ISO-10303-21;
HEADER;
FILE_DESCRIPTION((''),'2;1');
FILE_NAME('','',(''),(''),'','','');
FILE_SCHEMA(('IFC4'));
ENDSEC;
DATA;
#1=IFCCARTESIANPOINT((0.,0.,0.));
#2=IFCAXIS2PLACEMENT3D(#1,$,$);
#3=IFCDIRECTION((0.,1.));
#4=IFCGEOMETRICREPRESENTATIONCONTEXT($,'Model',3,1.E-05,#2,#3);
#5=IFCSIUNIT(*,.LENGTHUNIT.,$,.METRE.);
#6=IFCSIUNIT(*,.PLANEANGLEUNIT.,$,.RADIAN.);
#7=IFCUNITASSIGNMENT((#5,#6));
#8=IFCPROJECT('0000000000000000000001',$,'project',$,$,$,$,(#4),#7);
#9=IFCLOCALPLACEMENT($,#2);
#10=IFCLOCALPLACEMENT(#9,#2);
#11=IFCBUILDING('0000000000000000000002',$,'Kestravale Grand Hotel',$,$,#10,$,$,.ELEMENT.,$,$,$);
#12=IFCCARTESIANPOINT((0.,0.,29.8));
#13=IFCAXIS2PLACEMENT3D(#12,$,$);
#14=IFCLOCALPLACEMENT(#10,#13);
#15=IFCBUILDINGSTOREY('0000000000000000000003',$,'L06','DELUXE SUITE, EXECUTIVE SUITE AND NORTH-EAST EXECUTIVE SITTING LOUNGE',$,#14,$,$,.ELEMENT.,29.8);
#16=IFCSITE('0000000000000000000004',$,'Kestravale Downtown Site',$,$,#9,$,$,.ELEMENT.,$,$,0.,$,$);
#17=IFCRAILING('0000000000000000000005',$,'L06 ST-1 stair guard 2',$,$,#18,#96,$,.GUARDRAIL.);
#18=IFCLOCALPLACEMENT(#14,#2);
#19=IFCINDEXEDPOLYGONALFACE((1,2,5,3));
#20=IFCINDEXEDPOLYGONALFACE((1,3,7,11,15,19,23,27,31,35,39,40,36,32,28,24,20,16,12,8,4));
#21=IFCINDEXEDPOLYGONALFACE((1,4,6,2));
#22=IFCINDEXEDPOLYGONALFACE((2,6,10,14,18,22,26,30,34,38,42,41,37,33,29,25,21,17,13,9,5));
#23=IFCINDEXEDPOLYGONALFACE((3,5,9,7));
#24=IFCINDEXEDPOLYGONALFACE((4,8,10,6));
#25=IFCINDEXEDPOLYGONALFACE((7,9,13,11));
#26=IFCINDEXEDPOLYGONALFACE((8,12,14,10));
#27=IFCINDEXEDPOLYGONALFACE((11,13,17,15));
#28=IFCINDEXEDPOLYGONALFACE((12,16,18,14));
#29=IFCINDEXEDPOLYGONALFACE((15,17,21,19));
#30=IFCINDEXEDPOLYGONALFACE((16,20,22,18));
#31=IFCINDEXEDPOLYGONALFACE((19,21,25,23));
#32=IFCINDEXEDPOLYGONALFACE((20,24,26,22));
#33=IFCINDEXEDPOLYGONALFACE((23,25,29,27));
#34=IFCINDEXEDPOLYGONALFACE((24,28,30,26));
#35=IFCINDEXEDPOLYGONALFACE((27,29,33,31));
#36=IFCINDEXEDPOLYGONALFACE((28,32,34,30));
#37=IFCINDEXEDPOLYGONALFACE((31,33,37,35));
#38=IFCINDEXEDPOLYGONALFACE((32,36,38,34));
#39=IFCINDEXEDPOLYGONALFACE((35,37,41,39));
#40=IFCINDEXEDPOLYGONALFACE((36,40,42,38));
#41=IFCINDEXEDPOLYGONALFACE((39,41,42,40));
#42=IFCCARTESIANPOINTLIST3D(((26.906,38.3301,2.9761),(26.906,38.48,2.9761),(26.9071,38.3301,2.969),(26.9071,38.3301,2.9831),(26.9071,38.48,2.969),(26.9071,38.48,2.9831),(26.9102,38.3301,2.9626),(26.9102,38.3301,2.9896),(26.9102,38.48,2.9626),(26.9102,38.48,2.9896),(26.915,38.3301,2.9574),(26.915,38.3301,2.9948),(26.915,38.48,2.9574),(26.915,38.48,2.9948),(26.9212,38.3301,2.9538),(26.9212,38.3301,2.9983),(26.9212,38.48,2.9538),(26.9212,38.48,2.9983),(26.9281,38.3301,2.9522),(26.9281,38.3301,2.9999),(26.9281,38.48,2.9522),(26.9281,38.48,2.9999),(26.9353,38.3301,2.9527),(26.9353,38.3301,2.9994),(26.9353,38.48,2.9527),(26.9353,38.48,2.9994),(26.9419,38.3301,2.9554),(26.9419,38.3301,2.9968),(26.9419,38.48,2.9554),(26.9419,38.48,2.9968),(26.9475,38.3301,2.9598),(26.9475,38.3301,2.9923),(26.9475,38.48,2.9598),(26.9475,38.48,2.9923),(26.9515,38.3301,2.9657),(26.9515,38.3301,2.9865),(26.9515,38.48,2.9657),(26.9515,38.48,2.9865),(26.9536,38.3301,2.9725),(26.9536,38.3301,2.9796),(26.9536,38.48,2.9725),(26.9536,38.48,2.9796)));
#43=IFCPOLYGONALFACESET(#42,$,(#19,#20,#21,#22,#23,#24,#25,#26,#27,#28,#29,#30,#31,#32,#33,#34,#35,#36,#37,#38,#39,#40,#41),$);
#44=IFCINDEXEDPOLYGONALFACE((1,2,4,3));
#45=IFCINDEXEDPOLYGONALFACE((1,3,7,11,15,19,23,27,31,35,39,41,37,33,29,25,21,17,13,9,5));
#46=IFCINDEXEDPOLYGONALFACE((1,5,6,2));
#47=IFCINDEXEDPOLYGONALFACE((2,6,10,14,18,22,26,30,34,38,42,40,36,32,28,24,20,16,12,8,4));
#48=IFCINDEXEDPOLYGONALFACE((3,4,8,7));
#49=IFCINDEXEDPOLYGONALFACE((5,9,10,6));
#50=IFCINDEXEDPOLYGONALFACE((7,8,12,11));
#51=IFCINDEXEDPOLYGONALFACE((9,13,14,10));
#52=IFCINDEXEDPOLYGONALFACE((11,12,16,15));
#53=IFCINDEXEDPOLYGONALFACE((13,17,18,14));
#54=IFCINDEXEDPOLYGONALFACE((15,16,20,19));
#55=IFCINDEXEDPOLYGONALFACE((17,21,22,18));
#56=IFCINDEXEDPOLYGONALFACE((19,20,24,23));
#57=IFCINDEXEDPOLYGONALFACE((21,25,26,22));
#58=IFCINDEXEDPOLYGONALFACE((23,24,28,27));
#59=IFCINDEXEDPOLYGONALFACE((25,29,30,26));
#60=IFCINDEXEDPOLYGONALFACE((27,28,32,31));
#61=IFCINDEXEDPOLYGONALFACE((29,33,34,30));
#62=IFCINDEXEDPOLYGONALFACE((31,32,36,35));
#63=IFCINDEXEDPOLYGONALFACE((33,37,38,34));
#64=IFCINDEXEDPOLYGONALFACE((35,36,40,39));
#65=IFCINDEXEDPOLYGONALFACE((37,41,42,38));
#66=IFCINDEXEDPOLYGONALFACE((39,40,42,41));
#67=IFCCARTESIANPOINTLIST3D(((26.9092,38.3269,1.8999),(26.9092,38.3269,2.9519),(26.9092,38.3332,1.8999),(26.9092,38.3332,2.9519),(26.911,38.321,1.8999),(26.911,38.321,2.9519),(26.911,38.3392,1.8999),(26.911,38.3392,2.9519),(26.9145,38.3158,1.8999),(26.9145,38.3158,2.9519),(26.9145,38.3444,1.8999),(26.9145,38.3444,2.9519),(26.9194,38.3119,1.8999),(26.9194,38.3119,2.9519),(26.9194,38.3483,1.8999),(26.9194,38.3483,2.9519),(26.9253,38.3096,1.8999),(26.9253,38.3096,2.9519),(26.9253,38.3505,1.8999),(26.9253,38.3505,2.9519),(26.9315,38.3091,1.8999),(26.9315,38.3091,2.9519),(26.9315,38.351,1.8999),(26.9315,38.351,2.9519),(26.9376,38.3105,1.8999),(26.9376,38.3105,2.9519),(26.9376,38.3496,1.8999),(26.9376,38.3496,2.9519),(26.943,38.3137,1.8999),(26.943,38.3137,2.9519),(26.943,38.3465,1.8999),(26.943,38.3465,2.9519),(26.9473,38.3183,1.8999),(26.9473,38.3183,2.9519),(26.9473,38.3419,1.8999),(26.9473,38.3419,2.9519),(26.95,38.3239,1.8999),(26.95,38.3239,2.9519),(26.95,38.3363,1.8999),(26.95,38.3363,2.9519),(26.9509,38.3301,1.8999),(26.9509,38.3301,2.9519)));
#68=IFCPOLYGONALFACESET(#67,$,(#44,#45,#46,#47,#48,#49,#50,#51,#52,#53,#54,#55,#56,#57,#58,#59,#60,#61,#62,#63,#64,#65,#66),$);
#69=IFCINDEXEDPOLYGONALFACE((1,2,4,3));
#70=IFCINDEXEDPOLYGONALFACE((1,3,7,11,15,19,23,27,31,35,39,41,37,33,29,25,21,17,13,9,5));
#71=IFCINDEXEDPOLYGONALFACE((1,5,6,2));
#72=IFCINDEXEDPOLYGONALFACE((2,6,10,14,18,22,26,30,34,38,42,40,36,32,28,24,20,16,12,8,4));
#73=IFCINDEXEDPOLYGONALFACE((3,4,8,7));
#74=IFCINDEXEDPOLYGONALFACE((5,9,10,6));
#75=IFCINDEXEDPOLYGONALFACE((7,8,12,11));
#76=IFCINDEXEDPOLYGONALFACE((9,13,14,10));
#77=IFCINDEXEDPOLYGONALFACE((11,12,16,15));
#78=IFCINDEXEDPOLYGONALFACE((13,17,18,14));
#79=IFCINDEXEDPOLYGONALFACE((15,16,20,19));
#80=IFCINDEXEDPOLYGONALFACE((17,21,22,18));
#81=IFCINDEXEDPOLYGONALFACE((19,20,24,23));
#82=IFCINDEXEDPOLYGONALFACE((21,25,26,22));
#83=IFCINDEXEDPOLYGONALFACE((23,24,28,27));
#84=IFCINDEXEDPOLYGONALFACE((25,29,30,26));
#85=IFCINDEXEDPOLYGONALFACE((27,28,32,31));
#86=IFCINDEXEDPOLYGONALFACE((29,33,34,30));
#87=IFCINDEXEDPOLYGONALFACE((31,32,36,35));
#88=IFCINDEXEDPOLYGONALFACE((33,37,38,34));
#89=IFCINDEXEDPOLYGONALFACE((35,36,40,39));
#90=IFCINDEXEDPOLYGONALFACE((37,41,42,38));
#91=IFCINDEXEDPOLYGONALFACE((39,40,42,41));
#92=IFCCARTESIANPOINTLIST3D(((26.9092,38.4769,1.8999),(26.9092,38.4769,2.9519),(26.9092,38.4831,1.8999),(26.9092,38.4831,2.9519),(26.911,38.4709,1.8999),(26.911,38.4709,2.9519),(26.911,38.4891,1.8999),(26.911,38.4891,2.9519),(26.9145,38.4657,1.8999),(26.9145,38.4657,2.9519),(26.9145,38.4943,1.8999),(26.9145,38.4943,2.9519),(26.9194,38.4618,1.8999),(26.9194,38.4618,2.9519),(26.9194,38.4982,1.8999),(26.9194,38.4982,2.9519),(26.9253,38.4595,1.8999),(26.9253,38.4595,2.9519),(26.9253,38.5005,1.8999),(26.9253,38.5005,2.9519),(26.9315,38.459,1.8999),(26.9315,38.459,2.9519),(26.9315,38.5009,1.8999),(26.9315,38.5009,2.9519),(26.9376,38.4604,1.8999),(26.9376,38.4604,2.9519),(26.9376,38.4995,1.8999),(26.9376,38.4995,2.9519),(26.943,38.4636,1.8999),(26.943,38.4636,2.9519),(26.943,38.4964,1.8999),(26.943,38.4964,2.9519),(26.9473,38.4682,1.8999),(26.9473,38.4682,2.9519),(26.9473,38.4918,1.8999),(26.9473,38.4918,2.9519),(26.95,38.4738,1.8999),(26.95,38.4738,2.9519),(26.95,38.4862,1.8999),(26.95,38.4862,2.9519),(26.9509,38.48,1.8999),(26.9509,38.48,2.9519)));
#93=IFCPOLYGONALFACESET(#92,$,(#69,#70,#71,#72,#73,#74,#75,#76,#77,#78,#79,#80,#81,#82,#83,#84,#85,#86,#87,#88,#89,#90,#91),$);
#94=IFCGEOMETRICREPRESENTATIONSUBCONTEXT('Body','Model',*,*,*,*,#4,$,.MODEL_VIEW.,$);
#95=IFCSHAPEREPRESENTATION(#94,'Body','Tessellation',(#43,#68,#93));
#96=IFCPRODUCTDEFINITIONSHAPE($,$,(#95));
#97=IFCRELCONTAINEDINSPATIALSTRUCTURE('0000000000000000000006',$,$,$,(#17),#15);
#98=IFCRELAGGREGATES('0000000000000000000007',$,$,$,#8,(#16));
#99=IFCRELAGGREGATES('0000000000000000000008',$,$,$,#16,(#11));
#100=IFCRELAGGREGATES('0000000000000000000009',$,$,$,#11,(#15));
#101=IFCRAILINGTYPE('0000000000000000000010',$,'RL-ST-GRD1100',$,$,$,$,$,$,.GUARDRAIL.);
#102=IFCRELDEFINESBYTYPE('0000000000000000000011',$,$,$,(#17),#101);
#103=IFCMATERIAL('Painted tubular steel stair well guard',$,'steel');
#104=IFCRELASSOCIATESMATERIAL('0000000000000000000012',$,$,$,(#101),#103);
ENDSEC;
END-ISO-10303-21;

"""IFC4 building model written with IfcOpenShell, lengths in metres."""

from ifc_helpers import new_model, si_unit, direction, frame, origin, origin_2d, place, context, subcontext, project, spatial, circle, extrude, material, type_object, element, save


model = new_model("IFC4")

# Units and contexts
model_context = context("Model", 3, precision=1e-05, world=origin(), true_north=direction((0.0, 1.0)))
body_context = subcontext(model_context, "Body", "Model", "MODEL_VIEW")
ifc_project = project(units=[si_unit("LENGTHUNIT", "METRE"), si_unit("PLANEANGLEUNIT", "RADIAN")], contexts=[model_context])

# Site, building, storey
site_placement = place(None, origin())
site = spatial("IfcSite", under=ifc_project, at=site_placement, Name="Kestravale Downtown Site", CompositionType="ELEMENT", RefElevation=0.0)
building_placement = place(site_placement, origin())
building = spatial("IfcBuilding", under=site, at=building_placement, Name="Kestravale Grand Hotel", CompositionType="ELEMENT")
storey_placement = place(building_placement, frame((0.0, 0.0, 29.8)))
storey = spatial("IfcBuildingStorey", under=building, at=storey_placement, Name="L06", Description="DELUXE SUITE, EXECUTIVE SUITE AND NORTH-EAST EXECUTIVE SITTING LOUNGE", CompositionType="ELEMENT", Elevation=29.8)

# Railing
ifc_material_1 = material(Name="Painted tubular steel stair well guard", Category="steel")
railing_type_1 = type_object("IfcRailingType", Name="RL-ST-GRD1100", PredefinedType="GUARDRAIL", material=ifc_material_1)
railing_1_placement = place(storey_placement, frame((26.9299, 38.3301, 1.8999)))
element("IfcRailing", 1, at=railing_1_placement, inside=storey, type_object=railing_type_1, Name="L06 ST-1 stair guard 2", PredefinedType="GUARDRAIL", context=body_context, shape_type="SweptSolid", body=[
    extrude(circle(Radius=0.0239, at=origin_2d()), frame((0.0, 0.0, 1.0762), z_axis=(0.0, 1.0, 0.0), x_axis=(-1.0, 0.0, 0.0)), (0.0, 0.0, 1.0), 0.1499),
    extrude(circle(Radius=0.021, at=origin_2d()), origin(), (0.0, 0.0, 1.0), 1.052),
    extrude(circle(Radius=0.021, at=origin_2d()), frame((0.0, 0.1499, 0.0)), (0.0, 0.0, 1.0), 1.052),
])

save(model, "model.ifc")
